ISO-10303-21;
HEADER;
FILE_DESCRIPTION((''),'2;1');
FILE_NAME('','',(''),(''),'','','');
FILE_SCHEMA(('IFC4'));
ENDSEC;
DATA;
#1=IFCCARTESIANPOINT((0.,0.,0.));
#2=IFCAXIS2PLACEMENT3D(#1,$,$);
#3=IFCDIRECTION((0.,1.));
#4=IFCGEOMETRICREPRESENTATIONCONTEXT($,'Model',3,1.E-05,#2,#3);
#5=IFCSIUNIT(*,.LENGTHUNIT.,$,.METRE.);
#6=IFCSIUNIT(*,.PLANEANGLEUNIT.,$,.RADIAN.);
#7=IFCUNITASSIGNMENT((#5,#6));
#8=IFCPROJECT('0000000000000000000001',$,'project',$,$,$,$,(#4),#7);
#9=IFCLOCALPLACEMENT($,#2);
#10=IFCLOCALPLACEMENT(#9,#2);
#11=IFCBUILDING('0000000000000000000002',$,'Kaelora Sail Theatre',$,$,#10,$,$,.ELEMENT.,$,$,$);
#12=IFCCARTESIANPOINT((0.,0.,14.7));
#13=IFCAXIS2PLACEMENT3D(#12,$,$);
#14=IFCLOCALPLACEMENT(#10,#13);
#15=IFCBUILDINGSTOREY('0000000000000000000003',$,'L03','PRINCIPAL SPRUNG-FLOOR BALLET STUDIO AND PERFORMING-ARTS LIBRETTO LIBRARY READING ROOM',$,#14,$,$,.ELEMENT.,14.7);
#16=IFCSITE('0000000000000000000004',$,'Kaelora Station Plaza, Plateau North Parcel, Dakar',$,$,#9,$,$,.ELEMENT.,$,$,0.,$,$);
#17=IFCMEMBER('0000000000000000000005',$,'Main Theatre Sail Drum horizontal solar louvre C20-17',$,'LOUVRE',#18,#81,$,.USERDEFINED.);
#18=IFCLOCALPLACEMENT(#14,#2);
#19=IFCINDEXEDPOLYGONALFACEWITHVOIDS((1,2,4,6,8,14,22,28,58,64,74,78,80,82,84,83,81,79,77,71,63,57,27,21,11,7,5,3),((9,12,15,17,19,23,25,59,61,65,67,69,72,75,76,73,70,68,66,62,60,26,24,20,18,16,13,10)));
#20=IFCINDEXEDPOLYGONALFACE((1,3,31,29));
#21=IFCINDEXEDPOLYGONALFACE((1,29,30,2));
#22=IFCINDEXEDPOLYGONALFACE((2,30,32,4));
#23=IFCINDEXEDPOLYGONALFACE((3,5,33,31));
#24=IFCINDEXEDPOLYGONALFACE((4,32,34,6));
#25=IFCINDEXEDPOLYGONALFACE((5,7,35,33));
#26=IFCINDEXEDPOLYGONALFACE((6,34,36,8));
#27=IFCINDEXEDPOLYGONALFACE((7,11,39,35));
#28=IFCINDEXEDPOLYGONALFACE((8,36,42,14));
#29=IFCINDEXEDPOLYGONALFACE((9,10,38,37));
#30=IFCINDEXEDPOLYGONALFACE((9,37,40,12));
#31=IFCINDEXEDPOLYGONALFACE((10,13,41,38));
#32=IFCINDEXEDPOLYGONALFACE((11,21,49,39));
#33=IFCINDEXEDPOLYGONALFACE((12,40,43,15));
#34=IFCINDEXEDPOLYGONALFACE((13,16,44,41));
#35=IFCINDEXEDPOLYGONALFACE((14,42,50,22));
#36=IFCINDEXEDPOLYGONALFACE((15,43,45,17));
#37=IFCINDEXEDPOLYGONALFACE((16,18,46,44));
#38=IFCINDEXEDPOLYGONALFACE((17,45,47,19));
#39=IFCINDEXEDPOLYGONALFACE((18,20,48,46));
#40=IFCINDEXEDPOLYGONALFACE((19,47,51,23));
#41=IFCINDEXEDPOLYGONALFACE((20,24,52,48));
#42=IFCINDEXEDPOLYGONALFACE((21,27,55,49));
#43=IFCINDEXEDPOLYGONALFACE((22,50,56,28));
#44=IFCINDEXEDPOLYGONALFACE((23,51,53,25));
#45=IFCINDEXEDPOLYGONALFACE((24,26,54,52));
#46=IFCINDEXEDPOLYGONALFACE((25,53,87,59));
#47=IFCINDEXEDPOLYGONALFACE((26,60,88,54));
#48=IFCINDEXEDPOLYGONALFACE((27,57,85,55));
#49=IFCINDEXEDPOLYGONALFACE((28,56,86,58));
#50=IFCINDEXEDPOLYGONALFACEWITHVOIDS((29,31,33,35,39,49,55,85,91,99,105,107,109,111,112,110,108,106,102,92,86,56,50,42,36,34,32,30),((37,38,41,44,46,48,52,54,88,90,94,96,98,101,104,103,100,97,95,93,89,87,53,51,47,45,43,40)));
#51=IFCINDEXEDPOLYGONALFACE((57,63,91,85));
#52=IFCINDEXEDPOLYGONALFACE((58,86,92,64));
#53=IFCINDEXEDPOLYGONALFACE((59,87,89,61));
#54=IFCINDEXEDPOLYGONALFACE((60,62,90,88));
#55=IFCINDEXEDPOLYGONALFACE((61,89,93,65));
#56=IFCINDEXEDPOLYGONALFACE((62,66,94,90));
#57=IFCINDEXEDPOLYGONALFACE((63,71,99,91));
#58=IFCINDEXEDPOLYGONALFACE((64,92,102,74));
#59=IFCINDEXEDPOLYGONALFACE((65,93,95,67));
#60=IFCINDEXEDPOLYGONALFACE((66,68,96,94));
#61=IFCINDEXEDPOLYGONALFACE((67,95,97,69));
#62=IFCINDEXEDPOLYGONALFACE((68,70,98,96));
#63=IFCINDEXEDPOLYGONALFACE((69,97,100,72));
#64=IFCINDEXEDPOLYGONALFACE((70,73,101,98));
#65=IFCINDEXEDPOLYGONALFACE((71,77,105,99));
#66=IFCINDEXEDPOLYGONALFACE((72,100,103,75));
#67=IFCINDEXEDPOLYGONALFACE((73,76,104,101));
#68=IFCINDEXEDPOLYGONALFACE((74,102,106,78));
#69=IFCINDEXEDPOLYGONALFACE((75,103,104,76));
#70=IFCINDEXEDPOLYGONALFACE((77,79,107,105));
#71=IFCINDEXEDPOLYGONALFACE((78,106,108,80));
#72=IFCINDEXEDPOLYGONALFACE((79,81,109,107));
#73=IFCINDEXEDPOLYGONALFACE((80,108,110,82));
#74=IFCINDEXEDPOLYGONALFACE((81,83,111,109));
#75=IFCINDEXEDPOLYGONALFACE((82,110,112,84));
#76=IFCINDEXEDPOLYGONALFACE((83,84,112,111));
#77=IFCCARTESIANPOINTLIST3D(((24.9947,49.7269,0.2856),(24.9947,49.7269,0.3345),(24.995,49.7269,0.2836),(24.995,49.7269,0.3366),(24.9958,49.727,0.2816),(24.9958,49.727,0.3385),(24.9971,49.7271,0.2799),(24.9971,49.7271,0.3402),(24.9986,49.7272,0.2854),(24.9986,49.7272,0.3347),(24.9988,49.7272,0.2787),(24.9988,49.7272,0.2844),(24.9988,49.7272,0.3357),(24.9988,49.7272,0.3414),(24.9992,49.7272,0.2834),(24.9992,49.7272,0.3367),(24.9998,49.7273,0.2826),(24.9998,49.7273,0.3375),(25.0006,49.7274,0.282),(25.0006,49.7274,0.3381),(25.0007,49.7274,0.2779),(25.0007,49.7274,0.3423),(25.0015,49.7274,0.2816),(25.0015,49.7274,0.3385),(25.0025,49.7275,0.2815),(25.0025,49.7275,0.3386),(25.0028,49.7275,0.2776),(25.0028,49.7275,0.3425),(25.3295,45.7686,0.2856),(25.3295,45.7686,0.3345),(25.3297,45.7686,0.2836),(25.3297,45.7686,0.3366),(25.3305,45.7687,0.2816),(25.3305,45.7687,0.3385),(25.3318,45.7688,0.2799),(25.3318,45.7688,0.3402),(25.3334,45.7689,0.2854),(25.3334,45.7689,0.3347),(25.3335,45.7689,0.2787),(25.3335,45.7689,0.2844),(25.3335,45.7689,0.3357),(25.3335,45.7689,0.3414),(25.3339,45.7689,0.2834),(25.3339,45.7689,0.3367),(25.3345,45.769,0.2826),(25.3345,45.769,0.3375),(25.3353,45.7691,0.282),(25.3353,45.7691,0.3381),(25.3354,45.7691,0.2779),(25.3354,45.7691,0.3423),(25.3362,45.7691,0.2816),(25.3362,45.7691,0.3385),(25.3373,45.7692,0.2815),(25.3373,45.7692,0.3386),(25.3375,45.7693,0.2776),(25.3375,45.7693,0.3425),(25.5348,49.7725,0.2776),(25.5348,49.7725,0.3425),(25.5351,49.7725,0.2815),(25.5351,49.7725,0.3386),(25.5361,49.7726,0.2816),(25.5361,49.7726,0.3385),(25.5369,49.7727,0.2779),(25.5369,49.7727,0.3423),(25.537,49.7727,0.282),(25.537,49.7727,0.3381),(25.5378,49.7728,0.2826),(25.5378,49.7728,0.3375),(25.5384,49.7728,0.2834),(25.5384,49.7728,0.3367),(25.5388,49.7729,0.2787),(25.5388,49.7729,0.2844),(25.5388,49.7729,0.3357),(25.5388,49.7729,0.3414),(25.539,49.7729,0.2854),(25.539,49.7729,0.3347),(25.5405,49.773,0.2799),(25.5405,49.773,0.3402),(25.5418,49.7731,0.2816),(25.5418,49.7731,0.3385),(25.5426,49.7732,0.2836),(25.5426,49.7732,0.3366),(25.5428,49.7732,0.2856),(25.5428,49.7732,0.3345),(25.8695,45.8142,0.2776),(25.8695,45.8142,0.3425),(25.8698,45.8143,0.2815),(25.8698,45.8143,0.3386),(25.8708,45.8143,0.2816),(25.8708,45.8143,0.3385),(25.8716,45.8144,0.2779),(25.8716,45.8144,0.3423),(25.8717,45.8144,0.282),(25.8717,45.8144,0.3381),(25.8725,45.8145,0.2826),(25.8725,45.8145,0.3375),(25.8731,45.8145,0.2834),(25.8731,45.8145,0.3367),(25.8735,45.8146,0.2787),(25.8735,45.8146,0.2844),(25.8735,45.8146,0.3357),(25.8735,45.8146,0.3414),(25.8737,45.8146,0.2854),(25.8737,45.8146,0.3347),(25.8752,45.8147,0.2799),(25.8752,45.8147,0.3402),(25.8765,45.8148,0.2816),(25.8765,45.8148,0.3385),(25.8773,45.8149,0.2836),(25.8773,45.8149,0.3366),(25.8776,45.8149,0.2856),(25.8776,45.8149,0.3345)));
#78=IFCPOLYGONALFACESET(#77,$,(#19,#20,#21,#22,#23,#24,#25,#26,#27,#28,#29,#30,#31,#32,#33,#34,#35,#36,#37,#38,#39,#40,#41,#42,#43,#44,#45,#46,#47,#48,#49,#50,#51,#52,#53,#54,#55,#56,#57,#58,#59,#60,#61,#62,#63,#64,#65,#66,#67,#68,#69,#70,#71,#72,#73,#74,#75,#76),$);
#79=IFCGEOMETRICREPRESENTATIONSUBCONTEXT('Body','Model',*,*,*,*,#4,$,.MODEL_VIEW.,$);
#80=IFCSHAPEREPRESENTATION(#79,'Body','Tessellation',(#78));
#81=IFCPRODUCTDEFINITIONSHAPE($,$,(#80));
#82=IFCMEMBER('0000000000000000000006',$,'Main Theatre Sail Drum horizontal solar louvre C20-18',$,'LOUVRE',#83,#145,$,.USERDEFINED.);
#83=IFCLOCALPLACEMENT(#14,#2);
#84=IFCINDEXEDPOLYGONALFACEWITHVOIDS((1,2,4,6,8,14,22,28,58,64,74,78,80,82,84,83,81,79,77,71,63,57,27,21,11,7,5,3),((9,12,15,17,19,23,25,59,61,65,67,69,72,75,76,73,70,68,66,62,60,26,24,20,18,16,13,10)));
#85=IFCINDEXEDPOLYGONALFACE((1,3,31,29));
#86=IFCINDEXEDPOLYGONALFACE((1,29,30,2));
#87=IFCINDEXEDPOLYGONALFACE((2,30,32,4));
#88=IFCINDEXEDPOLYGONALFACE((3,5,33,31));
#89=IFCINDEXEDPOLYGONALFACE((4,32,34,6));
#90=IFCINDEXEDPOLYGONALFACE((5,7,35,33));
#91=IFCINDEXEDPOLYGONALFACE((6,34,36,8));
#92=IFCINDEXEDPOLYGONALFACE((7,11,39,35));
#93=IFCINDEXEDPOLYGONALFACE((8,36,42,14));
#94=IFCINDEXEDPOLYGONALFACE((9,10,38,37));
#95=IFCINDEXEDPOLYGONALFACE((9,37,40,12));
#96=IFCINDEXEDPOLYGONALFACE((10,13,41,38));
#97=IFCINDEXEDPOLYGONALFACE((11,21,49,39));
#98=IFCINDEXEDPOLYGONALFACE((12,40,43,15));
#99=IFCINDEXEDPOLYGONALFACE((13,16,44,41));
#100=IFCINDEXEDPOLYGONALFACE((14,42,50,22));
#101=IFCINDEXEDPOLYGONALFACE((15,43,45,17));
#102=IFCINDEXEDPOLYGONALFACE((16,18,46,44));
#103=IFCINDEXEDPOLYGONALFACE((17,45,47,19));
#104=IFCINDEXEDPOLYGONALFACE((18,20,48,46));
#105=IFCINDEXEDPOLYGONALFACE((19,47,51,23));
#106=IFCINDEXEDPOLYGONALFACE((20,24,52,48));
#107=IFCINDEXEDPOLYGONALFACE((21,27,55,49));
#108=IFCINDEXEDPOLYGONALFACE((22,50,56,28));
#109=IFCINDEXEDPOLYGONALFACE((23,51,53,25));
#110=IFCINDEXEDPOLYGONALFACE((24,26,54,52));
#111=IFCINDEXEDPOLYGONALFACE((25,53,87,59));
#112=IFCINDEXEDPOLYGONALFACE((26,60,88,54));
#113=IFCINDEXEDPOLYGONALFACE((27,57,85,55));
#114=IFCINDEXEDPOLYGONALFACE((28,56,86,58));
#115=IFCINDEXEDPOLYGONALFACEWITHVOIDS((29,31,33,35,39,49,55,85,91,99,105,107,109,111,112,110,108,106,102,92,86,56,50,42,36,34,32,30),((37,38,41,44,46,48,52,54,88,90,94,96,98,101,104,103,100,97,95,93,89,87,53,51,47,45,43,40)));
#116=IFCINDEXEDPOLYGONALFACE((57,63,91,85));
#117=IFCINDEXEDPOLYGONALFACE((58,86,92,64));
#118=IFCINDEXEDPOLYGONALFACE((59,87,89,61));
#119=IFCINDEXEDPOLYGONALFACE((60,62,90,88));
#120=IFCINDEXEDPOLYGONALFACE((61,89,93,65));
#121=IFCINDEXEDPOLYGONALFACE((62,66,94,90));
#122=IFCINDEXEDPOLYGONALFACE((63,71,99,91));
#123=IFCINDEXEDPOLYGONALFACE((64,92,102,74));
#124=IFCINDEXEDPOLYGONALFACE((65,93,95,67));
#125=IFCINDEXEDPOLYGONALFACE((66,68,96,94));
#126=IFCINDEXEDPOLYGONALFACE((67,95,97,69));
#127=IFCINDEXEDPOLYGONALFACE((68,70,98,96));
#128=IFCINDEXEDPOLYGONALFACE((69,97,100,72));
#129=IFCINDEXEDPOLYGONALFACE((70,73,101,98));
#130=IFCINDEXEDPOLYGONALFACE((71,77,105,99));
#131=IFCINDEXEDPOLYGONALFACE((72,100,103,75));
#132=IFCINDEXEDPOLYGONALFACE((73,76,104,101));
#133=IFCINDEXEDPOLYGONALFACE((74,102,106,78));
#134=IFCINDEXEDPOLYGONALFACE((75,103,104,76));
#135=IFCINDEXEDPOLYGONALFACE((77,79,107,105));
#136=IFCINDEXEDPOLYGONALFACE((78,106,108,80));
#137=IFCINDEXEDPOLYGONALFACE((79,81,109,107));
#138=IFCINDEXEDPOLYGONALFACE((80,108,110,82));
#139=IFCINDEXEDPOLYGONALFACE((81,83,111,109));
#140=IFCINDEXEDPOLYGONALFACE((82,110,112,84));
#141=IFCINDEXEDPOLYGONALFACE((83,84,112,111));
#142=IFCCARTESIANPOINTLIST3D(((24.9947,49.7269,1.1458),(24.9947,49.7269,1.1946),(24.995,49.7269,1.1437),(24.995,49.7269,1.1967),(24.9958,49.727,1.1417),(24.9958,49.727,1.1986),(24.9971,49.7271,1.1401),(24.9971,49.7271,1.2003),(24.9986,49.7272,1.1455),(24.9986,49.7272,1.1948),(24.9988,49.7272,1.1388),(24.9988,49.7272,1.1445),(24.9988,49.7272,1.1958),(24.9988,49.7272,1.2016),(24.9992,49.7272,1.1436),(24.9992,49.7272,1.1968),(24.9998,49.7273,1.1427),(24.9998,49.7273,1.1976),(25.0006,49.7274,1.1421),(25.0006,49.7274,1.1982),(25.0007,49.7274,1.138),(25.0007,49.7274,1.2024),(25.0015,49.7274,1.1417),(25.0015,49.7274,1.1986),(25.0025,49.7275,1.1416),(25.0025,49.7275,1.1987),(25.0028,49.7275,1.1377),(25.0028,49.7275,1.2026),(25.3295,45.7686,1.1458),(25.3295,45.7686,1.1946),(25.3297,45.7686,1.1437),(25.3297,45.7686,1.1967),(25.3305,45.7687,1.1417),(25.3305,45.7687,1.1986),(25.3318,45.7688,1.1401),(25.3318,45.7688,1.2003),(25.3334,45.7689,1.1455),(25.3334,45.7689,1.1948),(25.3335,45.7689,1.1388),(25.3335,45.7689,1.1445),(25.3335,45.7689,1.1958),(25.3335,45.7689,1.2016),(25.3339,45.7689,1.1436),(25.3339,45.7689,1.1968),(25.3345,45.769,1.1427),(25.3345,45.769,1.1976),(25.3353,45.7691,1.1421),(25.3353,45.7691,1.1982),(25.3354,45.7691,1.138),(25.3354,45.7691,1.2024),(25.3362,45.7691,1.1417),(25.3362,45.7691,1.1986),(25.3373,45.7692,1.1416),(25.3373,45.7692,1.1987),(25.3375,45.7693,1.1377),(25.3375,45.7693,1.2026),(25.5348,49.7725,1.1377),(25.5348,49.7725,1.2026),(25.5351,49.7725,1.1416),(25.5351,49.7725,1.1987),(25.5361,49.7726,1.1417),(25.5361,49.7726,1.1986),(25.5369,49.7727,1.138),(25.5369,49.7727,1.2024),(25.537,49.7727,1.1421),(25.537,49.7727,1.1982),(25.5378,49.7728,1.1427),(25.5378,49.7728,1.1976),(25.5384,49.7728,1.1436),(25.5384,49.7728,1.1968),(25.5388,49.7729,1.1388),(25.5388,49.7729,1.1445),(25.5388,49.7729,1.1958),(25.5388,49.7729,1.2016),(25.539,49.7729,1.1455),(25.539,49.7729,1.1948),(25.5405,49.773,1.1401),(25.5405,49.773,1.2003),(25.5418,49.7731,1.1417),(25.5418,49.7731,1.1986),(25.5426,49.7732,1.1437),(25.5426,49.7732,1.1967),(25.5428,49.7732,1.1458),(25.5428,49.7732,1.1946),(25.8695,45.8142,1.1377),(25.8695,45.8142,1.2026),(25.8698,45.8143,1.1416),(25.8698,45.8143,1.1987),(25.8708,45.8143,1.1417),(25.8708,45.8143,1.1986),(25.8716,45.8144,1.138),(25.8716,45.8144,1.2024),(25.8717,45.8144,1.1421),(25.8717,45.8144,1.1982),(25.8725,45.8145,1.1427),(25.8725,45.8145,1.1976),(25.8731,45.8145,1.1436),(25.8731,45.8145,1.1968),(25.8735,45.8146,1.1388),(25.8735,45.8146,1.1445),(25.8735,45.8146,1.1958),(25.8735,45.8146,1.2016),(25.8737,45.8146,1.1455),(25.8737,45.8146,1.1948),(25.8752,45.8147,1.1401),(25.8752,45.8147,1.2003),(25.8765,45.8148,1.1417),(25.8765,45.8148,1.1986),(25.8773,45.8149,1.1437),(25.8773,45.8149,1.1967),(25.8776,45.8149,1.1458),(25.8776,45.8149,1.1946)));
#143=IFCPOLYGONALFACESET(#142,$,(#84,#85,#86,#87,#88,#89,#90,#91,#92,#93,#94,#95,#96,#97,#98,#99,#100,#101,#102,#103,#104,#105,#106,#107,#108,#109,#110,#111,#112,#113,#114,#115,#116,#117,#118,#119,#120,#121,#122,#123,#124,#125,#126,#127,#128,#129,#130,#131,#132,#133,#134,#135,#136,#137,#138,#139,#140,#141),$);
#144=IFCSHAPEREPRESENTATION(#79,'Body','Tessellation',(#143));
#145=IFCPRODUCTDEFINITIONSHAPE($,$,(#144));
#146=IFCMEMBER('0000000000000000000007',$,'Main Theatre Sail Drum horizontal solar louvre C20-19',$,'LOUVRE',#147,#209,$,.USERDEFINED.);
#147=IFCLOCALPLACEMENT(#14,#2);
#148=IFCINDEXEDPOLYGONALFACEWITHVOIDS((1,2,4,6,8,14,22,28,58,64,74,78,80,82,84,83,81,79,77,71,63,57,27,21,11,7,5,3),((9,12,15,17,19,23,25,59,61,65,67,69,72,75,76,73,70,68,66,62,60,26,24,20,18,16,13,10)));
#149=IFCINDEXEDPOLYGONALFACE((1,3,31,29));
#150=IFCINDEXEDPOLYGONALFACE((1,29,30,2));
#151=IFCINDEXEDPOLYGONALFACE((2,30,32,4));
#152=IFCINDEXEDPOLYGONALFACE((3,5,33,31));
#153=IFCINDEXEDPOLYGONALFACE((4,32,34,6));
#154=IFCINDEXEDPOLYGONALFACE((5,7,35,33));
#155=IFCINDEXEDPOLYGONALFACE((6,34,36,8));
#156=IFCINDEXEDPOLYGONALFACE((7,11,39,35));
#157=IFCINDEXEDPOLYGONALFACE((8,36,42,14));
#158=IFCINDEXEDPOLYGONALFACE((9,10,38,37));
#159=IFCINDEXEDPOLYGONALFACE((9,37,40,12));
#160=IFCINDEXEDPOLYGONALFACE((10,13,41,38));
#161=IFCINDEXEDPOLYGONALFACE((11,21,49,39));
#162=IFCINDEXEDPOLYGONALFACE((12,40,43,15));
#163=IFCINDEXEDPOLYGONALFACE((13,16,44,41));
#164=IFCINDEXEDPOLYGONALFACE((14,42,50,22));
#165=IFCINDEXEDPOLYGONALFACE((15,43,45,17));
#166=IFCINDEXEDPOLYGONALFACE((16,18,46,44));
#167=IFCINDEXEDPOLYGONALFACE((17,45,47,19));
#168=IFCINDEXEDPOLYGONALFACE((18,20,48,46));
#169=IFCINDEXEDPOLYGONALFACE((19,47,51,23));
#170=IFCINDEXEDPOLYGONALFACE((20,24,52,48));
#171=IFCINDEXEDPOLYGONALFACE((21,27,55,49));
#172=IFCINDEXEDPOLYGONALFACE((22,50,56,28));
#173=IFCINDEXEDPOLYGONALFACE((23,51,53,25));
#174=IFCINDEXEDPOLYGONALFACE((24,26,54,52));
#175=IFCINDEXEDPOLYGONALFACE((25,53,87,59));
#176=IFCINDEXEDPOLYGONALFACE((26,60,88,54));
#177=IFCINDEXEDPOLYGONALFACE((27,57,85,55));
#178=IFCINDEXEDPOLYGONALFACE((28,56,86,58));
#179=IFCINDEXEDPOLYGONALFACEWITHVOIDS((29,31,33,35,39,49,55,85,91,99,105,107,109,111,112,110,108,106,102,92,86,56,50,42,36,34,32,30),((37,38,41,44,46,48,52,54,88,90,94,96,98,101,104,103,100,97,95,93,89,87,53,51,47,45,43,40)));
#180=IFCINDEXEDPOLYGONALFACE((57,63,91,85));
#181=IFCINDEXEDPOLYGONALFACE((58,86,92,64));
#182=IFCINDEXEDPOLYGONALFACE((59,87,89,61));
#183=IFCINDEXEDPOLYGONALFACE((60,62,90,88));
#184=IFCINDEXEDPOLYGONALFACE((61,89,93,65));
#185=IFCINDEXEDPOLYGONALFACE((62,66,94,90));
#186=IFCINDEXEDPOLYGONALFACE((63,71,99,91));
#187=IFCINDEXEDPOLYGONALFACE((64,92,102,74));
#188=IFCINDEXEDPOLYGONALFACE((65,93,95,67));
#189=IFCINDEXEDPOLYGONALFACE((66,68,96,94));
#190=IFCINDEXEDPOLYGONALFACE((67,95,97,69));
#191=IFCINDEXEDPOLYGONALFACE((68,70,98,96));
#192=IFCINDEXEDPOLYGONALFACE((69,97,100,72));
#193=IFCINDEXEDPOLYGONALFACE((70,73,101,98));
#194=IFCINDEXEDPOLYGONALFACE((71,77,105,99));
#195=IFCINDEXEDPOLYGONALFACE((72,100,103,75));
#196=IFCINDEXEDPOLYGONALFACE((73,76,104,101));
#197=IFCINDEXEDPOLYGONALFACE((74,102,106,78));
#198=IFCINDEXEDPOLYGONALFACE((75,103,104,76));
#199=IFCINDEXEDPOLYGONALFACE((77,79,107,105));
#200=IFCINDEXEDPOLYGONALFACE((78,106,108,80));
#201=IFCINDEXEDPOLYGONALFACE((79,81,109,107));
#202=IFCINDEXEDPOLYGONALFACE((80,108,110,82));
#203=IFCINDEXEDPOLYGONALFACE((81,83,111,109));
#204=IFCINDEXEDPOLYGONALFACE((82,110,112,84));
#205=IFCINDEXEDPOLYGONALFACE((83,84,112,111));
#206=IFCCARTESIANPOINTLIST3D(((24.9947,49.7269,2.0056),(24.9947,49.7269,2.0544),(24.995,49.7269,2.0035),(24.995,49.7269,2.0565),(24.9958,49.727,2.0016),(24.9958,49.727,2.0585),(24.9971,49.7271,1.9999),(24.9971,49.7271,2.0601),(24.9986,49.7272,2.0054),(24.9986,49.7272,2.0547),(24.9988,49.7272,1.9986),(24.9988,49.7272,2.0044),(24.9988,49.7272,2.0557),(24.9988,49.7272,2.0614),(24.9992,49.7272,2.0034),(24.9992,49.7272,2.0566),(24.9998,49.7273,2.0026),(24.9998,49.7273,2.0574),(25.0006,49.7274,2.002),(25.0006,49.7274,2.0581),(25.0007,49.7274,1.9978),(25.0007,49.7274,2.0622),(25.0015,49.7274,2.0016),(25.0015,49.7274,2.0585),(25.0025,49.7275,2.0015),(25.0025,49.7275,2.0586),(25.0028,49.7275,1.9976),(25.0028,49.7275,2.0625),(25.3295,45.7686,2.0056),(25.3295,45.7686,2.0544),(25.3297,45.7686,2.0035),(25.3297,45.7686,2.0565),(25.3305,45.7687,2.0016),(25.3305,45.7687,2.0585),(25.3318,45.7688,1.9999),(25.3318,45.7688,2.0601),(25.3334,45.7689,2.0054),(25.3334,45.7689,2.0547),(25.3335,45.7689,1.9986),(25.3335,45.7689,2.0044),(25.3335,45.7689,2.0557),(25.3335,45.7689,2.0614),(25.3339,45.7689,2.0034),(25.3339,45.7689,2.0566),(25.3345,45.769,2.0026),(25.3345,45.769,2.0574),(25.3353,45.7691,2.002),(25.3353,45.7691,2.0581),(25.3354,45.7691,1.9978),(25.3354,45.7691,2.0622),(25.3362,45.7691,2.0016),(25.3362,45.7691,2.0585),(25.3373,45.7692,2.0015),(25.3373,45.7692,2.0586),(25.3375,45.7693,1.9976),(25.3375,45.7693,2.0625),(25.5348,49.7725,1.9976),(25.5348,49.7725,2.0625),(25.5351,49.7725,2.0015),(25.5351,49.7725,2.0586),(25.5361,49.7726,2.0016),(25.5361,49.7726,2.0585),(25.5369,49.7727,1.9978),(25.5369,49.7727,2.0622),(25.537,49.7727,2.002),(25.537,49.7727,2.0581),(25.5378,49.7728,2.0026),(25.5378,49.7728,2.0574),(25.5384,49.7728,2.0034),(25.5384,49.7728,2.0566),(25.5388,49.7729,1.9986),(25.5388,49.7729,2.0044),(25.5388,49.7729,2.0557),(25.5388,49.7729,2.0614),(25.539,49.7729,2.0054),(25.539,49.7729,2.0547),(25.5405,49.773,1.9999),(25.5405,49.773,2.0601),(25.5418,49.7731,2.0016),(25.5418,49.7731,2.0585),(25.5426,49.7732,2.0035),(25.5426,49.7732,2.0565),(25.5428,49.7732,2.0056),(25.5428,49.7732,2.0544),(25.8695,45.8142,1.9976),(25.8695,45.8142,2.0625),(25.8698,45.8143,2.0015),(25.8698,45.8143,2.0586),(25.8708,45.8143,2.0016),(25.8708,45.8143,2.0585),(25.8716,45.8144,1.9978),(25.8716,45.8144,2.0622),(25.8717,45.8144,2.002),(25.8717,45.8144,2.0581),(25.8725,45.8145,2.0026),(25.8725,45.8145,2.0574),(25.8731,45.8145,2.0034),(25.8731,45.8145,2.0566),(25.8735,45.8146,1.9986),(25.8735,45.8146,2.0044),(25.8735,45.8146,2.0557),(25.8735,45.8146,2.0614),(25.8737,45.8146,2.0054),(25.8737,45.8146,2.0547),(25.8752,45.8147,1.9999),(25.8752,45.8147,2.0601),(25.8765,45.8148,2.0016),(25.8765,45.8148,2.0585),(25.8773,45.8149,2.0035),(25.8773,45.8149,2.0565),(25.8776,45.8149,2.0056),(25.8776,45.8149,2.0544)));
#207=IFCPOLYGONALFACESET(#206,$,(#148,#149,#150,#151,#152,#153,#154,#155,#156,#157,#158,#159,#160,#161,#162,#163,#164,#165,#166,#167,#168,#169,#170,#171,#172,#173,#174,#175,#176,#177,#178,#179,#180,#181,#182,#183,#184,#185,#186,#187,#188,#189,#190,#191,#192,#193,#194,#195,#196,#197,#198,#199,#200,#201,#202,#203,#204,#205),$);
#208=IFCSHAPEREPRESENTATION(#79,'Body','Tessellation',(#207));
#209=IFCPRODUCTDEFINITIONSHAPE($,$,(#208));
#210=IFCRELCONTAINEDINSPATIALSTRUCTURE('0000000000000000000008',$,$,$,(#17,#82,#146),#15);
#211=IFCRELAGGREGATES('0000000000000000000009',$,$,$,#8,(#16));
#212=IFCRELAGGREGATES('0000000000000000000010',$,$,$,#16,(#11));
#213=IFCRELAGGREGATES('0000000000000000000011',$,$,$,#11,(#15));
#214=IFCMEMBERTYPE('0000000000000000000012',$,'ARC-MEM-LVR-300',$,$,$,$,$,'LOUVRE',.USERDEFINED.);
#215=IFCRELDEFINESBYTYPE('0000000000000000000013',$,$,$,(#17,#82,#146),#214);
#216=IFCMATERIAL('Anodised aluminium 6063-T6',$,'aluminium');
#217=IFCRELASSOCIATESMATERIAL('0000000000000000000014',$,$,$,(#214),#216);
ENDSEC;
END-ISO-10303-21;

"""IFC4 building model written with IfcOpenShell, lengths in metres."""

from ifc_helpers import new_model, si_unit, direction, frame, origin, origin_2d, place, context, subcontext, project, spatial, hollow_rectangle, extrude, material, material_profile, profile_set, type_object, element, save


model = new_model("IFC4")

# Units and contexts
model_context = context("Model", 3, precision=1e-05, world=origin(), true_north=direction((0.0, 1.0)))
body_context = subcontext(model_context, "Body", "Model", "MODEL_VIEW")
ifc_project = project(units=[si_unit("LENGTHUNIT", "METRE"), si_unit("PLANEANGLEUNIT", "RADIAN")], contexts=[model_context])

# Site, building, storey
site_placement = place(None, origin())
site = spatial("IfcSite", under=ifc_project, at=site_placement, Name="Kaelora Station Plaza, Plateau North Parcel, Dakar", CompositionType="ELEMENT", RefElevation=0.0)
building_placement = place(site_placement, origin())
building = spatial("IfcBuilding", under=site, at=building_placement, Name="Kaelora Sail Theatre", CompositionType="ELEMENT")
storey_placement = place(building_placement, frame((0.0, 0.0, 14.7)))
storey = spatial("IfcBuildingStorey", under=building, at=storey_placement, Name="L03", Description="PRINCIPAL SPRUNG-FLOOR BALLET STUDIO AND PERFORMING-ARTS LIBRETTO LIBRARY READING ROOM", CompositionType="ELEMENT", Elevation=14.7)

# Members
ifc_material_1 = material(Name="Anodised aluminium 6063-T6", Category="aluminium")
ifc_material_profile_1 = material_profile(ifc_material_1, hollow_rectangle(XDim=0.55, YDim=0.0649, WallThickness=0.0039, InnerFilletRadius=0.0039, OuterFilletRadius=0.0081, at=origin_2d()), Name="LOUVRE 550x65x4")
ifc_profile_set_1 = profile_set([ifc_material_profile_1], Name="Anodised aluminium 6063-T6")
member_type = type_object("IfcMemberType", Name="ARC-MEM-LVR-300", ElementType="LOUVRE", PredefinedType="USERDEFINED", material=ifc_profile_set_1)
for number, where, z_axis, x_axis, name in (
    (1, (25.6035, 45.7917, 0.3101), (-0.084261, 0.996444, 0.0), (-0.996444, -0.084261, 0.0), "Main Theatre Sail Drum horizontal solar louvre C20-17"),
    (2, (25.6035, 45.7917, 1.1702), (-0.084261, 0.996444, 0.0), (-0.996444, -0.084261, 0.0), "Main Theatre Sail Drum horizontal solar louvre C20-18"),
    (3, (25.6035, 45.7917, 2.03), (-0.084261, 0.996444, 0.0), (-0.996444, -0.084261, 0.0), "Main Theatre Sail Drum horizontal solar louvre C20-19"),
):
    element("IfcMember", number, at=place(storey_placement, frame(where, z_axis=z_axis, x_axis=x_axis)), inside=storey, type_object=member_type, Name=name, ObjectType="LOUVRE", PredefinedType="USERDEFINED", context=body_context, shape_type="SweptSolid", body=[
        extrude(hollow_rectangle(XDim=0.55, YDim=0.0649, WallThickness=0.0039, InnerFilletRadius=0.0039, OuterFilletRadius=0.0081, at=origin_2d()), origin(), (0.0, 0.0, 1.0), 3.9724),
    ])

save(model, "model.ifc")
